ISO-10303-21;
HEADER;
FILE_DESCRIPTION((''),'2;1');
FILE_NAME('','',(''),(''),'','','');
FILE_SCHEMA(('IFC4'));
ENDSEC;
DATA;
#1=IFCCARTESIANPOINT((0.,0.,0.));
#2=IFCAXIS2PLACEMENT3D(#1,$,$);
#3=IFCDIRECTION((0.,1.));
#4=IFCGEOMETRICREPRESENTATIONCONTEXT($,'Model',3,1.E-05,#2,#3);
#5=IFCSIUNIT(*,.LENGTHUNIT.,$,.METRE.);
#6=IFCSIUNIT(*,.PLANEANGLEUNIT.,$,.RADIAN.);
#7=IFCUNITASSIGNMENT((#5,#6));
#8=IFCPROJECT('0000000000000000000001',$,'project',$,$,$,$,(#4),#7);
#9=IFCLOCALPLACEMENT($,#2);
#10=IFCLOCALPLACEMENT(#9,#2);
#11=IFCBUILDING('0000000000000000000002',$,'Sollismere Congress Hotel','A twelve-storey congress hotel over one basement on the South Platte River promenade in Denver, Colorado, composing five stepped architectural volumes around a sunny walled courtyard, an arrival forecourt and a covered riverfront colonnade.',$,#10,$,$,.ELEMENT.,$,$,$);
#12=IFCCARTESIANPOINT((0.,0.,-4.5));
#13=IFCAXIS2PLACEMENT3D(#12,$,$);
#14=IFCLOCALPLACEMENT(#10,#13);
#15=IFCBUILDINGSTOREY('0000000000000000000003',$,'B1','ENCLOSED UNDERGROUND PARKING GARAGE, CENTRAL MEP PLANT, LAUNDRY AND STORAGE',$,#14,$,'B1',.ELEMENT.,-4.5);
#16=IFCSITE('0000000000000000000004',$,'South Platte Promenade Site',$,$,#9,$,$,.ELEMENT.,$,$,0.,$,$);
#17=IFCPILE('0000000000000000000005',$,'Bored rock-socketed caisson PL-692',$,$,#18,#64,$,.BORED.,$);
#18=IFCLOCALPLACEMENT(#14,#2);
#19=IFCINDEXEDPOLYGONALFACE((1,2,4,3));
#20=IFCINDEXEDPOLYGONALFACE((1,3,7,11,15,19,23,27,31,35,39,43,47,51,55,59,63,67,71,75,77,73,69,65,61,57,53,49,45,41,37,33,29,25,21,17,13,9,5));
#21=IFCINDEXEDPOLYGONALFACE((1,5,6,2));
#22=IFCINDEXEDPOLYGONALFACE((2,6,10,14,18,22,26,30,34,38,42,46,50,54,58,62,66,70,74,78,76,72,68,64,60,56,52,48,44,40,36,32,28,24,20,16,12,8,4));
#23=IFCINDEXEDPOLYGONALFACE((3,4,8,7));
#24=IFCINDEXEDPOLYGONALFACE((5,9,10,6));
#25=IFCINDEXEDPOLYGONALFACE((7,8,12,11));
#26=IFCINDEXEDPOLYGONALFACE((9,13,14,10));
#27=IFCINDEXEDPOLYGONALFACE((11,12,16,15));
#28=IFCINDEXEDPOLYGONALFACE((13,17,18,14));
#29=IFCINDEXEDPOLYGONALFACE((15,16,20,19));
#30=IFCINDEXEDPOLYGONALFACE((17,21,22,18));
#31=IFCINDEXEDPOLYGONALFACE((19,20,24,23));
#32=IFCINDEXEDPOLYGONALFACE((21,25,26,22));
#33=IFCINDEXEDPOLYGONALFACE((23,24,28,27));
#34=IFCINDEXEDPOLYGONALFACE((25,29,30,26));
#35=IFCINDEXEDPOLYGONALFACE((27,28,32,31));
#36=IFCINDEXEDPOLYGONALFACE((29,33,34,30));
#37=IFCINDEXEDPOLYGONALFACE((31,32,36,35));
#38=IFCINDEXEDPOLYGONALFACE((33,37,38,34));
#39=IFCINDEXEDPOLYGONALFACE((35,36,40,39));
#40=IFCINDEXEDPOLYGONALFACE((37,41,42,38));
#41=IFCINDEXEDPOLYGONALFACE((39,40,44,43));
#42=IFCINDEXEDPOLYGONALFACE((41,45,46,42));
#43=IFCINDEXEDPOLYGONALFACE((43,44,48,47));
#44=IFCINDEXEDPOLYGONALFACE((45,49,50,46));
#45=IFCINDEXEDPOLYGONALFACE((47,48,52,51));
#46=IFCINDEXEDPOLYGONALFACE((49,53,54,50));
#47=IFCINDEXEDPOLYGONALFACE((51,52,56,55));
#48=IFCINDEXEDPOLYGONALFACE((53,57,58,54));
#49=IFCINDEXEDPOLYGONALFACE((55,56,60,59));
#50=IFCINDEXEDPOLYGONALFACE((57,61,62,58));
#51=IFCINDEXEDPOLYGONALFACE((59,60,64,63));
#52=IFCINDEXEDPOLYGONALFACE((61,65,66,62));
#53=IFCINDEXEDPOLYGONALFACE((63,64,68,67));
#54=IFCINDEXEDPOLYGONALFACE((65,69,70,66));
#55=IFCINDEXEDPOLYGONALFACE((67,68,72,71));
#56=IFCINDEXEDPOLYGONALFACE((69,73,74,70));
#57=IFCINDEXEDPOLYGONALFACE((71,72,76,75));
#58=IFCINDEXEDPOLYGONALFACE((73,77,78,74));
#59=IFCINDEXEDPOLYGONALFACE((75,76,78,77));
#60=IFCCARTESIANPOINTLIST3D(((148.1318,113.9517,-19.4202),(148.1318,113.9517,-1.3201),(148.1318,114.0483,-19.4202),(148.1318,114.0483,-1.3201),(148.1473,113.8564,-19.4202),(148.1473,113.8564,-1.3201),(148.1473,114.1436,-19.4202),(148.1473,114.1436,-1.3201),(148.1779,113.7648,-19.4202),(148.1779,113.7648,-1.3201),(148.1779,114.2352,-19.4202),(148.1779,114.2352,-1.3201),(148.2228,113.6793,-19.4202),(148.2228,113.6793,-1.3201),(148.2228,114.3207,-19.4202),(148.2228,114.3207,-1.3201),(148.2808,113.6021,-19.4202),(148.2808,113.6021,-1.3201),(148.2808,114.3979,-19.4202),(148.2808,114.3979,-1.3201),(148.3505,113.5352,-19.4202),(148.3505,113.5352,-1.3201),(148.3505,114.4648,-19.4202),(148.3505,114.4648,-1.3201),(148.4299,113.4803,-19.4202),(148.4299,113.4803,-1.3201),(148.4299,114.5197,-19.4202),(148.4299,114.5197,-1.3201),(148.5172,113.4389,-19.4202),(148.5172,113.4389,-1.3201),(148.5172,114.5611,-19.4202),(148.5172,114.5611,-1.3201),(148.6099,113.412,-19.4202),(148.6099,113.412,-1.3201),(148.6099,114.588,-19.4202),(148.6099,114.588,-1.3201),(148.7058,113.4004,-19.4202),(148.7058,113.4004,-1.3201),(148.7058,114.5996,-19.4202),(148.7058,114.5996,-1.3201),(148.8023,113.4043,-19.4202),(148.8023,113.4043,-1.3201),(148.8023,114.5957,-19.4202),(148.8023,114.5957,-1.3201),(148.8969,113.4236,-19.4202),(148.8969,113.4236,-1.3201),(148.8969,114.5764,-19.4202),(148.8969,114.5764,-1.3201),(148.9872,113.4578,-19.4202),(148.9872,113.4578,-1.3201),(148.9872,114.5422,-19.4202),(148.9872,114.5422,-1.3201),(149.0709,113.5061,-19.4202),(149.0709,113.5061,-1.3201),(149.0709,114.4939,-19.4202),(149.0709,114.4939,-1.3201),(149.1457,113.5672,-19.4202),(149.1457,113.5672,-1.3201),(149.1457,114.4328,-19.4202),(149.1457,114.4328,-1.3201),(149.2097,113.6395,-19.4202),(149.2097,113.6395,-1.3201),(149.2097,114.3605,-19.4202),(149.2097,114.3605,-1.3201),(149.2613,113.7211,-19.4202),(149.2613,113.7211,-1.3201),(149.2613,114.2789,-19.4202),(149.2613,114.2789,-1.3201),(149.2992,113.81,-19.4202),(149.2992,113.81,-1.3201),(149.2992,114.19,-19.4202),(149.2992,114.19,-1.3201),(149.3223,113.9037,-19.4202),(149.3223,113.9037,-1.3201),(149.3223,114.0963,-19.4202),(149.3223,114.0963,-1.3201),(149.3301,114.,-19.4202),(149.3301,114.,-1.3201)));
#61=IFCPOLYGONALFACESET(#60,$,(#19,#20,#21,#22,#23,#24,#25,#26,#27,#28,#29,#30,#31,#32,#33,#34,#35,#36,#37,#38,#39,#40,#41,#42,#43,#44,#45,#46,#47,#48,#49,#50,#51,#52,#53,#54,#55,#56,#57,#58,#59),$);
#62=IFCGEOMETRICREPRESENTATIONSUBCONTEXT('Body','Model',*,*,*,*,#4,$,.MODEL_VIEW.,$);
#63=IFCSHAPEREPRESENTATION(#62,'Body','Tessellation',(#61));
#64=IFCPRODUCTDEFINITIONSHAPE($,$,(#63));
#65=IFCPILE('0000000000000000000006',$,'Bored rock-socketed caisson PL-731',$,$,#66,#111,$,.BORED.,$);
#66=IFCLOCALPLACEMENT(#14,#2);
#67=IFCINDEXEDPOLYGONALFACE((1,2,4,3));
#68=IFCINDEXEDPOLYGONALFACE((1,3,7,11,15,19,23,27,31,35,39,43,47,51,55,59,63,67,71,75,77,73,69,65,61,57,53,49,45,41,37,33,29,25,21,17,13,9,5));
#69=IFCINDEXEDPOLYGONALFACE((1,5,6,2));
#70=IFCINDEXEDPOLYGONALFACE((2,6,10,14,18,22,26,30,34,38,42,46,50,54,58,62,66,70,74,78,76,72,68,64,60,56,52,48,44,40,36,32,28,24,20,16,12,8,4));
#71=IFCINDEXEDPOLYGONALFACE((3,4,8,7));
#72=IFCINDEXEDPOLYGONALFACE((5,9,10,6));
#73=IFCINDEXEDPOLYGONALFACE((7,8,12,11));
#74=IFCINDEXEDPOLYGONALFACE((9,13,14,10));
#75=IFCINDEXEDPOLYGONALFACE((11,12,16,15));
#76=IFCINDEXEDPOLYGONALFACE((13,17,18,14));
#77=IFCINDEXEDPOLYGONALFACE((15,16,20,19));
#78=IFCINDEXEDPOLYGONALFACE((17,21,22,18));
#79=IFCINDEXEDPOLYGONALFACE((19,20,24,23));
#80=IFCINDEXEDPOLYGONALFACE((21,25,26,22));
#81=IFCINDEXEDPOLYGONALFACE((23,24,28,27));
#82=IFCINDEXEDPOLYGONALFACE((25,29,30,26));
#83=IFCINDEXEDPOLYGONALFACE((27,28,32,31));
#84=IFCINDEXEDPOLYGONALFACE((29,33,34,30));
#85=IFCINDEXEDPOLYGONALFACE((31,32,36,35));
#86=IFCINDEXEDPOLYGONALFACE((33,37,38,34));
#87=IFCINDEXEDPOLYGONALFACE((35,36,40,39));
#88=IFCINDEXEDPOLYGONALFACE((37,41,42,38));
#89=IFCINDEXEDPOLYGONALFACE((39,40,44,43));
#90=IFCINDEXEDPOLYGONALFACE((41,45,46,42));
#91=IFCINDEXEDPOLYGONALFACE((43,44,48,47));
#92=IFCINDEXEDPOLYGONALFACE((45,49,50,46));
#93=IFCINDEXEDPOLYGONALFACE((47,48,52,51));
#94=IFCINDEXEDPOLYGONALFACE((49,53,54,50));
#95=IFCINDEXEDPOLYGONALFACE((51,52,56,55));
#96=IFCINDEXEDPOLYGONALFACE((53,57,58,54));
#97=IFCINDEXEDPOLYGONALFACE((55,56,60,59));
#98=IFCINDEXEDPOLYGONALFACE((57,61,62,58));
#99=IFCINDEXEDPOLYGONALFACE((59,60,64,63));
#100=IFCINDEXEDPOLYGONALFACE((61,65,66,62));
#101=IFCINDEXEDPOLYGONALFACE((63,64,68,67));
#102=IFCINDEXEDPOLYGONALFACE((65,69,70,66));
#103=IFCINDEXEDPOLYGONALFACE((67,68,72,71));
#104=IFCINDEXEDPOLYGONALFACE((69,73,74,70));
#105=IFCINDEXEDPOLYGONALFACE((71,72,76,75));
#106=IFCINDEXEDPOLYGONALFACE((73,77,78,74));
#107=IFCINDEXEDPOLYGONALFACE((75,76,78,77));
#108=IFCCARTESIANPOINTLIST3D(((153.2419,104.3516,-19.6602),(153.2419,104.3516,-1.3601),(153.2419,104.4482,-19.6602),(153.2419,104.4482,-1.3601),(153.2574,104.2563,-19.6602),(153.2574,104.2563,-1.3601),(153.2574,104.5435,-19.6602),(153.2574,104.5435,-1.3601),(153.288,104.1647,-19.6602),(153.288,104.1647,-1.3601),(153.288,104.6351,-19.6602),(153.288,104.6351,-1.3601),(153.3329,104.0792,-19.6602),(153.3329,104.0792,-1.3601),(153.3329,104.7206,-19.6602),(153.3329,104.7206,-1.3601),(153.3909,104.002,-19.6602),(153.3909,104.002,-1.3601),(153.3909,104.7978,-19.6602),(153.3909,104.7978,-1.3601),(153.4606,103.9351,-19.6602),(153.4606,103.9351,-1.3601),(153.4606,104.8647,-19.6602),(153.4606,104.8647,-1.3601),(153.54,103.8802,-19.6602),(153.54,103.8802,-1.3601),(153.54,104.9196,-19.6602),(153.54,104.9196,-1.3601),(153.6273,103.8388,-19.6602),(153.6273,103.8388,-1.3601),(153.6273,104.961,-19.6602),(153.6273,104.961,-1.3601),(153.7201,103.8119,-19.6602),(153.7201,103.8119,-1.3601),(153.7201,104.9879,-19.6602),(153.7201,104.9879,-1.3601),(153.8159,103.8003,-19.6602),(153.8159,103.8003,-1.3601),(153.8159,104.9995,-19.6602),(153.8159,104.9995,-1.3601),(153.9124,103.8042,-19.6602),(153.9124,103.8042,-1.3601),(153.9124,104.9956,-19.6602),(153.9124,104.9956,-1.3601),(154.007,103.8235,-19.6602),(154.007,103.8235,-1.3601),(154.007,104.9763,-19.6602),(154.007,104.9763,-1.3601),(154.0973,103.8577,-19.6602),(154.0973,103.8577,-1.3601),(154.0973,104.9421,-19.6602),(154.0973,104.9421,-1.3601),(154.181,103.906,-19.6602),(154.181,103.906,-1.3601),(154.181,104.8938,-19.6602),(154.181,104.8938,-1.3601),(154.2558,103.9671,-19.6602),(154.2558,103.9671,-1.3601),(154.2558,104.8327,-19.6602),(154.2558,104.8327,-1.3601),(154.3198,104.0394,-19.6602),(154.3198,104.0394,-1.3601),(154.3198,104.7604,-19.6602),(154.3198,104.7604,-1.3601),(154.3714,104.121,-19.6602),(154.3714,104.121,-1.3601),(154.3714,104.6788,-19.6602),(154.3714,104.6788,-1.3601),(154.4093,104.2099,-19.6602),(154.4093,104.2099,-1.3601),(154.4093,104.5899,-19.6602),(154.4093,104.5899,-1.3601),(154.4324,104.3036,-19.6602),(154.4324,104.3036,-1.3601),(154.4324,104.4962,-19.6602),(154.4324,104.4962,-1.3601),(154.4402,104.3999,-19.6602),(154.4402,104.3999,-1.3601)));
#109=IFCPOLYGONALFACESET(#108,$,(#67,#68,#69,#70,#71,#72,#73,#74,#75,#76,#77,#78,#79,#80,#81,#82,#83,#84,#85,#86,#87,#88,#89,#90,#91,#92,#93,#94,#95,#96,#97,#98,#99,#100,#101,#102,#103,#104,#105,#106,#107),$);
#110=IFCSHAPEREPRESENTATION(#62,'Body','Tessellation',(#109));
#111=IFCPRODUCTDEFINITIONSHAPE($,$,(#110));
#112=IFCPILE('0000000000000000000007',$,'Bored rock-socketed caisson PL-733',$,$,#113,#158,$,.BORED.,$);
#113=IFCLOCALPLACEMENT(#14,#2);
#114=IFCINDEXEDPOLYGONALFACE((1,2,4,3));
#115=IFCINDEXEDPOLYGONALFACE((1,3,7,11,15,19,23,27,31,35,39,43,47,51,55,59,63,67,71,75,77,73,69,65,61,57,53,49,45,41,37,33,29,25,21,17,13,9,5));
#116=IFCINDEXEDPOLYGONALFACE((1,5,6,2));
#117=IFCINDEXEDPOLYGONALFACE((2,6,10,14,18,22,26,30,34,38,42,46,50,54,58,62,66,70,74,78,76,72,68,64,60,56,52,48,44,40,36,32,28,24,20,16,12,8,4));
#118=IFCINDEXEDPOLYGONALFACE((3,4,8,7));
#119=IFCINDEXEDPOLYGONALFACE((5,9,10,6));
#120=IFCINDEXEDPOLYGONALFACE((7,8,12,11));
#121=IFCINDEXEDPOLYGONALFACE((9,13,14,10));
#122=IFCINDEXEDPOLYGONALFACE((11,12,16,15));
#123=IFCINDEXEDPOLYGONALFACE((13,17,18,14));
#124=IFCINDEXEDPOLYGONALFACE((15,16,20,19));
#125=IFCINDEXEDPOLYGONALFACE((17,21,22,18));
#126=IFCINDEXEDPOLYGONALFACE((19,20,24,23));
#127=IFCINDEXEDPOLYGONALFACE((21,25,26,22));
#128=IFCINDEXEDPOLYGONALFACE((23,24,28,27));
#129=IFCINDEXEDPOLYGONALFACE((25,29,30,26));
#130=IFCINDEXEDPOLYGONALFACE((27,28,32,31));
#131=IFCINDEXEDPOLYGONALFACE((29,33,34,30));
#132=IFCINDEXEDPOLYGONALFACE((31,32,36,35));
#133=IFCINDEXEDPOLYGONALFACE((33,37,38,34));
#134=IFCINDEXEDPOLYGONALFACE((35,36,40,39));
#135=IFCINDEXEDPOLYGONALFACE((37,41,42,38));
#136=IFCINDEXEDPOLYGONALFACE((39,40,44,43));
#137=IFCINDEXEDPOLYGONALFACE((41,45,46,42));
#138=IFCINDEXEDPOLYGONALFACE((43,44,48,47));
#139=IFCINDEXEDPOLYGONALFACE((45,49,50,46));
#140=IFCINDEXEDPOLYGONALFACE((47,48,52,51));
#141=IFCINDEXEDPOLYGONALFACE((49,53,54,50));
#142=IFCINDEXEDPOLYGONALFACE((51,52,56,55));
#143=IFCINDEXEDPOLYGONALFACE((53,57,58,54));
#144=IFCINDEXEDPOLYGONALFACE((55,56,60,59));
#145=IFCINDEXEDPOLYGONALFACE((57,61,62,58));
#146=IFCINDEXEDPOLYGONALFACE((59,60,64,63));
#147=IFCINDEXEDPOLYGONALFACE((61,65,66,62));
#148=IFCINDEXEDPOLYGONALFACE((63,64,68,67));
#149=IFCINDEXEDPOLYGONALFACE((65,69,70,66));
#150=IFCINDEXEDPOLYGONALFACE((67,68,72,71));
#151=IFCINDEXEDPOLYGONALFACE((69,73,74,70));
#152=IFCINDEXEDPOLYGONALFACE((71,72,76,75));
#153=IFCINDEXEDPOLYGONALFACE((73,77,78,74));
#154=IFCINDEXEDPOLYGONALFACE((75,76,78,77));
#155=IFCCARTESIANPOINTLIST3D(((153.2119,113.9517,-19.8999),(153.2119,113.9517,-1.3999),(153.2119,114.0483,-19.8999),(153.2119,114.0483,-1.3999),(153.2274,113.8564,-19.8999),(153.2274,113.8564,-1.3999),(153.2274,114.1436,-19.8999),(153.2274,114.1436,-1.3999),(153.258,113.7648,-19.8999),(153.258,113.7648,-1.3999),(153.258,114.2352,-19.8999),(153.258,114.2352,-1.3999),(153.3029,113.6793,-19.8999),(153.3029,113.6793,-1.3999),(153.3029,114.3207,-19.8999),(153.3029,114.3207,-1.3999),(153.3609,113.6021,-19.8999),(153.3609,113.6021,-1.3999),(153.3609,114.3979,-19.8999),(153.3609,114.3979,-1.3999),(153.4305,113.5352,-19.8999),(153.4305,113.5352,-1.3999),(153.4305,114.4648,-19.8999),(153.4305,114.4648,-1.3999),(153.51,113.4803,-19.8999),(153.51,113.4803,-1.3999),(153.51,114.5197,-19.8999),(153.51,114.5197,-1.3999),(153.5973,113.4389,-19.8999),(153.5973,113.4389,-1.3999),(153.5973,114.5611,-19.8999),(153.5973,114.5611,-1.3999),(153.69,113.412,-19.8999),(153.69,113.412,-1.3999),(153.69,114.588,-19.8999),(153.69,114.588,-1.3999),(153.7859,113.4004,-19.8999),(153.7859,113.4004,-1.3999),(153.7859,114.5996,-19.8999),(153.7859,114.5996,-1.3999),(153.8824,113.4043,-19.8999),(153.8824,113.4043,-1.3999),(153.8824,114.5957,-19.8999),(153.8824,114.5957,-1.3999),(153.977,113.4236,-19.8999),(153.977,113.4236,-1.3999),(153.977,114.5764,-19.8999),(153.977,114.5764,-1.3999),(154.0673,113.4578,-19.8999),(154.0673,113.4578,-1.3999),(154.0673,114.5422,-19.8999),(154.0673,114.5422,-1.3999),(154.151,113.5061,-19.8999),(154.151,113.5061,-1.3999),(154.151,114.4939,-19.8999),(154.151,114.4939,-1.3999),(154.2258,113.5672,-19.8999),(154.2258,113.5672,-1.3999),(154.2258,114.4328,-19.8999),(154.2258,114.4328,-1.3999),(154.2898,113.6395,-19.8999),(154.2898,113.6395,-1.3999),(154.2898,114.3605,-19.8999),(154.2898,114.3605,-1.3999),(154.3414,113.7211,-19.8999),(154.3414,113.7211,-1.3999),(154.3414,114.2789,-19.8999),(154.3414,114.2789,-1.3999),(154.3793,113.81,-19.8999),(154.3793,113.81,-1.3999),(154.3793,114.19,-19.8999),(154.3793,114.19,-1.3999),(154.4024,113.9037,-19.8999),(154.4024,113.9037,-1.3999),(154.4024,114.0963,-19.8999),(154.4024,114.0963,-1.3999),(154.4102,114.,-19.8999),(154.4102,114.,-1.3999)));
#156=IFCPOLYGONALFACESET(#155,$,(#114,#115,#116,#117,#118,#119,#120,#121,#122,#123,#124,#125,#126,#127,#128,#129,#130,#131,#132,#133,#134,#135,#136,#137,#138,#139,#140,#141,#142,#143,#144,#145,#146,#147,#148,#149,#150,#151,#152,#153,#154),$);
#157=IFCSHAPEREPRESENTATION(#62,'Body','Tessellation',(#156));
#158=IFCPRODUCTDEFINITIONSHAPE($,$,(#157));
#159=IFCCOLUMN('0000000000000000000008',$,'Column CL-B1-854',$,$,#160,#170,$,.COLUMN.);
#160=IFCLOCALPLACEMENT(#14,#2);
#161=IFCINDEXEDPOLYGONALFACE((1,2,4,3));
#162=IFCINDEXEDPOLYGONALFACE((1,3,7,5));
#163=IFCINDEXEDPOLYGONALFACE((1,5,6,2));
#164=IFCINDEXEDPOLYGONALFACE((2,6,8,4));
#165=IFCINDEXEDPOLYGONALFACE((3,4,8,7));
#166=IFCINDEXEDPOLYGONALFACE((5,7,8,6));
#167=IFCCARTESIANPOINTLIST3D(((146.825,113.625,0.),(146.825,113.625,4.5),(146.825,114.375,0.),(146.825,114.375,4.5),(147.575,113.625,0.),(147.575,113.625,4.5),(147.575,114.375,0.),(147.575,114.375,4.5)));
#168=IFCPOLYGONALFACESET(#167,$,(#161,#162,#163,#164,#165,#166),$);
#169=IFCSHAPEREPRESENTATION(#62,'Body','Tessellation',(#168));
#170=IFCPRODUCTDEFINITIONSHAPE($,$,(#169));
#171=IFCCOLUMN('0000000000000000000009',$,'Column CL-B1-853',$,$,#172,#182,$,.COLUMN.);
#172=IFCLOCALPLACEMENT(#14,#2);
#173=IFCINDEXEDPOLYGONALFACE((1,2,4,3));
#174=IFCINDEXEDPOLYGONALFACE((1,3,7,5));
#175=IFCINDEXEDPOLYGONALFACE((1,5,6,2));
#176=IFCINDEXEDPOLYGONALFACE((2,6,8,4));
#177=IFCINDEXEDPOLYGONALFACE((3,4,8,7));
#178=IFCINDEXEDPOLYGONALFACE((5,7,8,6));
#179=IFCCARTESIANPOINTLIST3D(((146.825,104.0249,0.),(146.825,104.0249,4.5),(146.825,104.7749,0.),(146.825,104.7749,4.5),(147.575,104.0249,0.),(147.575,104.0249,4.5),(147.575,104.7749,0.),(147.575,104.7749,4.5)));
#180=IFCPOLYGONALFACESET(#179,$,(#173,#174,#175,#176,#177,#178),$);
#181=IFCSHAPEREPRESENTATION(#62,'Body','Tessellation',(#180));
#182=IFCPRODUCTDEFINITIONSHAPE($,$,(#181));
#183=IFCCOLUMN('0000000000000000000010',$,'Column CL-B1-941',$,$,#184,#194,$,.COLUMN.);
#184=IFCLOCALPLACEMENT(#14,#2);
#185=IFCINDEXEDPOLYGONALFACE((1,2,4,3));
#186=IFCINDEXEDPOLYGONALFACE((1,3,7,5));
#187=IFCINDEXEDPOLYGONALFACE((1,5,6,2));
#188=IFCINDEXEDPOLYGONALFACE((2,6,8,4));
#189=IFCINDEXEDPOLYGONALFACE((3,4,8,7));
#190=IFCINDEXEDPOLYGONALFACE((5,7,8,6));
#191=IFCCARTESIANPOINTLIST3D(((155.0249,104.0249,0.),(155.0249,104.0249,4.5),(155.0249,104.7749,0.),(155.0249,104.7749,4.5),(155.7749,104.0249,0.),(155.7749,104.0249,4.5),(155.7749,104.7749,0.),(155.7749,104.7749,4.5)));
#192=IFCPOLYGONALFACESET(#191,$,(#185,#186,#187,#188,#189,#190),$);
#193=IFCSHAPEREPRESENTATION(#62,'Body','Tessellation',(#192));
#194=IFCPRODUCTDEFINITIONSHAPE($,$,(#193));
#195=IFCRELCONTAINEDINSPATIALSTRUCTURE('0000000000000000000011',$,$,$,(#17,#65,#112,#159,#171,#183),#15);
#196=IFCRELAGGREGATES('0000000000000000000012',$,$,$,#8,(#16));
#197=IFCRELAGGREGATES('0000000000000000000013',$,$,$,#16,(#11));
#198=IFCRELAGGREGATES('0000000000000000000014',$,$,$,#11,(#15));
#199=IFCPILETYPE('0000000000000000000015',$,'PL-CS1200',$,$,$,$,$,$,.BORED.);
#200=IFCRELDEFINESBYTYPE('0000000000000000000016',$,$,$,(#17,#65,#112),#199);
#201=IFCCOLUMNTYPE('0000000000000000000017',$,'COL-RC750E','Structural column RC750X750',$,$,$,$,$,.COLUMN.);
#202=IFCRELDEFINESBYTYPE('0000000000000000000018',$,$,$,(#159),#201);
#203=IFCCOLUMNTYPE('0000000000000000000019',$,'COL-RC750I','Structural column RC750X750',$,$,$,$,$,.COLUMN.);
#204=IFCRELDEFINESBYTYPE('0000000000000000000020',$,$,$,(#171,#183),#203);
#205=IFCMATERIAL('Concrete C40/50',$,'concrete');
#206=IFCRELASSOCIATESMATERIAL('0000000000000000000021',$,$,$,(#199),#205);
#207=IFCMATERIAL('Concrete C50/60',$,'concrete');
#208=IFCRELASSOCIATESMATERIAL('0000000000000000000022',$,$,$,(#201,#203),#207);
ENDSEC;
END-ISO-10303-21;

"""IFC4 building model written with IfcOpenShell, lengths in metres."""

from ifc_helpers import new_model, si_unit, direction, frame, origin, origin_2d, place, context, subcontext, project, spatial, rectangle, circle, extrude, material, material_profile, profile_set, type_object, element, save


model = new_model("IFC4")

# Units and contexts
model_context = context("Model", 3, precision=1e-05, world=origin(), true_north=direction((0.0, 1.0)))
body_context = subcontext(model_context, "Body", "Model", "MODEL_VIEW")
ifc_project = project(units=[si_unit("LENGTHUNIT", "METRE"), si_unit("PLANEANGLEUNIT", "RADIAN")], contexts=[model_context])

# Site, building, storey
site_placement = place(None, origin())
site = spatial("IfcSite", under=ifc_project, at=site_placement, Name="South Platte Promenade Site", CompositionType="ELEMENT", RefElevation=0.0)
building_placement = place(site_placement, origin())
building = spatial("IfcBuilding", under=site, at=building_placement, Name="Sollismere Congress Hotel", Description="A twelve-storey congress hotel over one basement on the South Platte River promenade in Denver, Colorado, composing five stepped architectural volumes around a sunny walled courtyard, an arrival forecourt and a covered riverfront colonnade.", CompositionType="ELEMENT")
storey_placement = place(building_placement, frame((0.0, 0.0, -4.5)))
storey = spatial("IfcBuildingStorey", under=building, at=storey_placement, Name="B1", Description="ENCLOSED UNDERGROUND PARKING GARAGE, CENTRAL MEP PLANT, LAUNDRY AND STORAGE", LongName="B1", CompositionType="ELEMENT", Elevation=-4.5)

# Shared definitions
ifc_material_1 = material(Name="Concrete C40/50", Category="concrete")

# Piles
ifc_material_profile_1 = material_profile(ifc_material_1, circle(Radius=0.6001, at=origin_2d()), Name="CAISSON1200")
ifc_profile_set_1 = profile_set([ifc_material_profile_1], Name="Concrete C40/50")
pile_type = type_object("IfcPileType", Name="PL-CS1200", PredefinedType="BORED", material=ifc_profile_set_1)
pile_1_placement = place(storey_placement, frame((148.73, 114.0, -1.3201), z_axis=(0.0, 0.0, -1.0), x_axis=(1.0, 0.0, 0.0)))
element("IfcPile", 1, at=pile_1_placement, inside=storey, type_object=pile_type, Name="Bored rock-socketed caisson PL-692", PredefinedType="BORED", context=body_context, shape_type="SweptSolid", body=[
    extrude(circle(Radius=0.6001, at=origin_2d()), origin(), (0.0, 0.0, 1.0), 18.1001),
])
pile_2_placement = place(storey_placement, frame((153.8401, 104.3999, -1.3601), z_axis=(0.0, 0.0, -1.0), x_axis=(1.0, 0.0, 0.0)))
element("IfcPile", 2, at=pile_2_placement, inside=storey, type_object=pile_type, Name="Bored rock-socketed caisson PL-731", PredefinedType="BORED", context=body_context, shape_type="SweptSolid", body=[
    extrude(circle(Radius=0.6001, at=origin_2d()), origin(), (0.0, 0.0, 1.0), 18.3),
])
pile_3_placement = place(storey_placement, frame((153.8101, 114.0, -1.3999), z_axis=(0.0, 0.0, -1.0), x_axis=(1.0, 0.0, 0.0)))
element("IfcPile", 3, at=pile_3_placement, inside=storey, type_object=pile_type, Name="Bored rock-socketed caisson PL-733", PredefinedType="BORED", context=body_context, shape_type="SweptSolid", body=[
    extrude(circle(Radius=0.6001, at=origin_2d()), origin(), (0.0, 0.0, 1.0), 18.5),
])

# Columns
ifc_material_2 = material(Name="Concrete C50/60", Category="concrete")
ifc_material_profile_2 = material_profile(ifc_material_2, rectangle(XDim=0.75, YDim=0.75, at=origin_2d()), Name="RC750X750")
ifc_profile_set_2 = profile_set([ifc_material_profile_2], Name="Concrete C50/60")
column_type_1 = type_object("IfcColumnType", Name="COL-RC750E", Description="Structural column RC750X750", PredefinedType="COLUMN", material=ifc_profile_set_2)
column_placement = place(storey_placement, frame((147.2, 114.0, 0.0), z_axis=(0.0, 0.0, 1.0), x_axis=(1.0, 0.0, 0.0)))
element("IfcColumn", 4, at=column_placement, inside=storey, type_object=column_type_1, Name="Column CL-B1-854", PredefinedType="COLUMN", context=body_context, shape_type="SweptSolid", body=[
    extrude(rectangle(XDim=0.75, YDim=0.75, at=origin_2d()), origin(), (0.0, 0.0, 1.0), 4.5),
])
ifc_material_profile_3 = material_profile(ifc_material_2, rectangle(XDim=0.75, YDim=0.75, at=origin_2d()), Name="RC750X750")
ifc_profile_set_3 = profile_set([ifc_material_profile_3], Name="Concrete C50/60")
column_type_2 = type_object("IfcColumnType", Name="COL-RC750I", Description="Structural column RC750X750", PredefinedType="COLUMN", material=ifc_profile_set_3)
for number, where, z_axis, x_axis, name in (
    (5, (147.2, 104.3999, 0.0), (0.0, 0.0, 1.0), (1.0, 0.0, 0.0), "Column CL-B1-853"),
    (6, (155.3999, 104.3999, 0.0), (0.0, 0.0, 1.0), (1.0, 0.0, 0.0), "Column CL-B1-941"),
):
    element("IfcColumn", number, at=place(storey_placement, frame(where, z_axis=z_axis, x_axis=x_axis)), inside=storey, type_object=column_type_2, Name=name, PredefinedType="COLUMN", context=body_context, shape_type="SweptSolid", body=[
        extrude(rectangle(XDim=0.75, YDim=0.75, at=origin_2d()), origin(), (0.0, 0.0, 1.0), 4.5),
    ])

save(model, "model.ifc")
